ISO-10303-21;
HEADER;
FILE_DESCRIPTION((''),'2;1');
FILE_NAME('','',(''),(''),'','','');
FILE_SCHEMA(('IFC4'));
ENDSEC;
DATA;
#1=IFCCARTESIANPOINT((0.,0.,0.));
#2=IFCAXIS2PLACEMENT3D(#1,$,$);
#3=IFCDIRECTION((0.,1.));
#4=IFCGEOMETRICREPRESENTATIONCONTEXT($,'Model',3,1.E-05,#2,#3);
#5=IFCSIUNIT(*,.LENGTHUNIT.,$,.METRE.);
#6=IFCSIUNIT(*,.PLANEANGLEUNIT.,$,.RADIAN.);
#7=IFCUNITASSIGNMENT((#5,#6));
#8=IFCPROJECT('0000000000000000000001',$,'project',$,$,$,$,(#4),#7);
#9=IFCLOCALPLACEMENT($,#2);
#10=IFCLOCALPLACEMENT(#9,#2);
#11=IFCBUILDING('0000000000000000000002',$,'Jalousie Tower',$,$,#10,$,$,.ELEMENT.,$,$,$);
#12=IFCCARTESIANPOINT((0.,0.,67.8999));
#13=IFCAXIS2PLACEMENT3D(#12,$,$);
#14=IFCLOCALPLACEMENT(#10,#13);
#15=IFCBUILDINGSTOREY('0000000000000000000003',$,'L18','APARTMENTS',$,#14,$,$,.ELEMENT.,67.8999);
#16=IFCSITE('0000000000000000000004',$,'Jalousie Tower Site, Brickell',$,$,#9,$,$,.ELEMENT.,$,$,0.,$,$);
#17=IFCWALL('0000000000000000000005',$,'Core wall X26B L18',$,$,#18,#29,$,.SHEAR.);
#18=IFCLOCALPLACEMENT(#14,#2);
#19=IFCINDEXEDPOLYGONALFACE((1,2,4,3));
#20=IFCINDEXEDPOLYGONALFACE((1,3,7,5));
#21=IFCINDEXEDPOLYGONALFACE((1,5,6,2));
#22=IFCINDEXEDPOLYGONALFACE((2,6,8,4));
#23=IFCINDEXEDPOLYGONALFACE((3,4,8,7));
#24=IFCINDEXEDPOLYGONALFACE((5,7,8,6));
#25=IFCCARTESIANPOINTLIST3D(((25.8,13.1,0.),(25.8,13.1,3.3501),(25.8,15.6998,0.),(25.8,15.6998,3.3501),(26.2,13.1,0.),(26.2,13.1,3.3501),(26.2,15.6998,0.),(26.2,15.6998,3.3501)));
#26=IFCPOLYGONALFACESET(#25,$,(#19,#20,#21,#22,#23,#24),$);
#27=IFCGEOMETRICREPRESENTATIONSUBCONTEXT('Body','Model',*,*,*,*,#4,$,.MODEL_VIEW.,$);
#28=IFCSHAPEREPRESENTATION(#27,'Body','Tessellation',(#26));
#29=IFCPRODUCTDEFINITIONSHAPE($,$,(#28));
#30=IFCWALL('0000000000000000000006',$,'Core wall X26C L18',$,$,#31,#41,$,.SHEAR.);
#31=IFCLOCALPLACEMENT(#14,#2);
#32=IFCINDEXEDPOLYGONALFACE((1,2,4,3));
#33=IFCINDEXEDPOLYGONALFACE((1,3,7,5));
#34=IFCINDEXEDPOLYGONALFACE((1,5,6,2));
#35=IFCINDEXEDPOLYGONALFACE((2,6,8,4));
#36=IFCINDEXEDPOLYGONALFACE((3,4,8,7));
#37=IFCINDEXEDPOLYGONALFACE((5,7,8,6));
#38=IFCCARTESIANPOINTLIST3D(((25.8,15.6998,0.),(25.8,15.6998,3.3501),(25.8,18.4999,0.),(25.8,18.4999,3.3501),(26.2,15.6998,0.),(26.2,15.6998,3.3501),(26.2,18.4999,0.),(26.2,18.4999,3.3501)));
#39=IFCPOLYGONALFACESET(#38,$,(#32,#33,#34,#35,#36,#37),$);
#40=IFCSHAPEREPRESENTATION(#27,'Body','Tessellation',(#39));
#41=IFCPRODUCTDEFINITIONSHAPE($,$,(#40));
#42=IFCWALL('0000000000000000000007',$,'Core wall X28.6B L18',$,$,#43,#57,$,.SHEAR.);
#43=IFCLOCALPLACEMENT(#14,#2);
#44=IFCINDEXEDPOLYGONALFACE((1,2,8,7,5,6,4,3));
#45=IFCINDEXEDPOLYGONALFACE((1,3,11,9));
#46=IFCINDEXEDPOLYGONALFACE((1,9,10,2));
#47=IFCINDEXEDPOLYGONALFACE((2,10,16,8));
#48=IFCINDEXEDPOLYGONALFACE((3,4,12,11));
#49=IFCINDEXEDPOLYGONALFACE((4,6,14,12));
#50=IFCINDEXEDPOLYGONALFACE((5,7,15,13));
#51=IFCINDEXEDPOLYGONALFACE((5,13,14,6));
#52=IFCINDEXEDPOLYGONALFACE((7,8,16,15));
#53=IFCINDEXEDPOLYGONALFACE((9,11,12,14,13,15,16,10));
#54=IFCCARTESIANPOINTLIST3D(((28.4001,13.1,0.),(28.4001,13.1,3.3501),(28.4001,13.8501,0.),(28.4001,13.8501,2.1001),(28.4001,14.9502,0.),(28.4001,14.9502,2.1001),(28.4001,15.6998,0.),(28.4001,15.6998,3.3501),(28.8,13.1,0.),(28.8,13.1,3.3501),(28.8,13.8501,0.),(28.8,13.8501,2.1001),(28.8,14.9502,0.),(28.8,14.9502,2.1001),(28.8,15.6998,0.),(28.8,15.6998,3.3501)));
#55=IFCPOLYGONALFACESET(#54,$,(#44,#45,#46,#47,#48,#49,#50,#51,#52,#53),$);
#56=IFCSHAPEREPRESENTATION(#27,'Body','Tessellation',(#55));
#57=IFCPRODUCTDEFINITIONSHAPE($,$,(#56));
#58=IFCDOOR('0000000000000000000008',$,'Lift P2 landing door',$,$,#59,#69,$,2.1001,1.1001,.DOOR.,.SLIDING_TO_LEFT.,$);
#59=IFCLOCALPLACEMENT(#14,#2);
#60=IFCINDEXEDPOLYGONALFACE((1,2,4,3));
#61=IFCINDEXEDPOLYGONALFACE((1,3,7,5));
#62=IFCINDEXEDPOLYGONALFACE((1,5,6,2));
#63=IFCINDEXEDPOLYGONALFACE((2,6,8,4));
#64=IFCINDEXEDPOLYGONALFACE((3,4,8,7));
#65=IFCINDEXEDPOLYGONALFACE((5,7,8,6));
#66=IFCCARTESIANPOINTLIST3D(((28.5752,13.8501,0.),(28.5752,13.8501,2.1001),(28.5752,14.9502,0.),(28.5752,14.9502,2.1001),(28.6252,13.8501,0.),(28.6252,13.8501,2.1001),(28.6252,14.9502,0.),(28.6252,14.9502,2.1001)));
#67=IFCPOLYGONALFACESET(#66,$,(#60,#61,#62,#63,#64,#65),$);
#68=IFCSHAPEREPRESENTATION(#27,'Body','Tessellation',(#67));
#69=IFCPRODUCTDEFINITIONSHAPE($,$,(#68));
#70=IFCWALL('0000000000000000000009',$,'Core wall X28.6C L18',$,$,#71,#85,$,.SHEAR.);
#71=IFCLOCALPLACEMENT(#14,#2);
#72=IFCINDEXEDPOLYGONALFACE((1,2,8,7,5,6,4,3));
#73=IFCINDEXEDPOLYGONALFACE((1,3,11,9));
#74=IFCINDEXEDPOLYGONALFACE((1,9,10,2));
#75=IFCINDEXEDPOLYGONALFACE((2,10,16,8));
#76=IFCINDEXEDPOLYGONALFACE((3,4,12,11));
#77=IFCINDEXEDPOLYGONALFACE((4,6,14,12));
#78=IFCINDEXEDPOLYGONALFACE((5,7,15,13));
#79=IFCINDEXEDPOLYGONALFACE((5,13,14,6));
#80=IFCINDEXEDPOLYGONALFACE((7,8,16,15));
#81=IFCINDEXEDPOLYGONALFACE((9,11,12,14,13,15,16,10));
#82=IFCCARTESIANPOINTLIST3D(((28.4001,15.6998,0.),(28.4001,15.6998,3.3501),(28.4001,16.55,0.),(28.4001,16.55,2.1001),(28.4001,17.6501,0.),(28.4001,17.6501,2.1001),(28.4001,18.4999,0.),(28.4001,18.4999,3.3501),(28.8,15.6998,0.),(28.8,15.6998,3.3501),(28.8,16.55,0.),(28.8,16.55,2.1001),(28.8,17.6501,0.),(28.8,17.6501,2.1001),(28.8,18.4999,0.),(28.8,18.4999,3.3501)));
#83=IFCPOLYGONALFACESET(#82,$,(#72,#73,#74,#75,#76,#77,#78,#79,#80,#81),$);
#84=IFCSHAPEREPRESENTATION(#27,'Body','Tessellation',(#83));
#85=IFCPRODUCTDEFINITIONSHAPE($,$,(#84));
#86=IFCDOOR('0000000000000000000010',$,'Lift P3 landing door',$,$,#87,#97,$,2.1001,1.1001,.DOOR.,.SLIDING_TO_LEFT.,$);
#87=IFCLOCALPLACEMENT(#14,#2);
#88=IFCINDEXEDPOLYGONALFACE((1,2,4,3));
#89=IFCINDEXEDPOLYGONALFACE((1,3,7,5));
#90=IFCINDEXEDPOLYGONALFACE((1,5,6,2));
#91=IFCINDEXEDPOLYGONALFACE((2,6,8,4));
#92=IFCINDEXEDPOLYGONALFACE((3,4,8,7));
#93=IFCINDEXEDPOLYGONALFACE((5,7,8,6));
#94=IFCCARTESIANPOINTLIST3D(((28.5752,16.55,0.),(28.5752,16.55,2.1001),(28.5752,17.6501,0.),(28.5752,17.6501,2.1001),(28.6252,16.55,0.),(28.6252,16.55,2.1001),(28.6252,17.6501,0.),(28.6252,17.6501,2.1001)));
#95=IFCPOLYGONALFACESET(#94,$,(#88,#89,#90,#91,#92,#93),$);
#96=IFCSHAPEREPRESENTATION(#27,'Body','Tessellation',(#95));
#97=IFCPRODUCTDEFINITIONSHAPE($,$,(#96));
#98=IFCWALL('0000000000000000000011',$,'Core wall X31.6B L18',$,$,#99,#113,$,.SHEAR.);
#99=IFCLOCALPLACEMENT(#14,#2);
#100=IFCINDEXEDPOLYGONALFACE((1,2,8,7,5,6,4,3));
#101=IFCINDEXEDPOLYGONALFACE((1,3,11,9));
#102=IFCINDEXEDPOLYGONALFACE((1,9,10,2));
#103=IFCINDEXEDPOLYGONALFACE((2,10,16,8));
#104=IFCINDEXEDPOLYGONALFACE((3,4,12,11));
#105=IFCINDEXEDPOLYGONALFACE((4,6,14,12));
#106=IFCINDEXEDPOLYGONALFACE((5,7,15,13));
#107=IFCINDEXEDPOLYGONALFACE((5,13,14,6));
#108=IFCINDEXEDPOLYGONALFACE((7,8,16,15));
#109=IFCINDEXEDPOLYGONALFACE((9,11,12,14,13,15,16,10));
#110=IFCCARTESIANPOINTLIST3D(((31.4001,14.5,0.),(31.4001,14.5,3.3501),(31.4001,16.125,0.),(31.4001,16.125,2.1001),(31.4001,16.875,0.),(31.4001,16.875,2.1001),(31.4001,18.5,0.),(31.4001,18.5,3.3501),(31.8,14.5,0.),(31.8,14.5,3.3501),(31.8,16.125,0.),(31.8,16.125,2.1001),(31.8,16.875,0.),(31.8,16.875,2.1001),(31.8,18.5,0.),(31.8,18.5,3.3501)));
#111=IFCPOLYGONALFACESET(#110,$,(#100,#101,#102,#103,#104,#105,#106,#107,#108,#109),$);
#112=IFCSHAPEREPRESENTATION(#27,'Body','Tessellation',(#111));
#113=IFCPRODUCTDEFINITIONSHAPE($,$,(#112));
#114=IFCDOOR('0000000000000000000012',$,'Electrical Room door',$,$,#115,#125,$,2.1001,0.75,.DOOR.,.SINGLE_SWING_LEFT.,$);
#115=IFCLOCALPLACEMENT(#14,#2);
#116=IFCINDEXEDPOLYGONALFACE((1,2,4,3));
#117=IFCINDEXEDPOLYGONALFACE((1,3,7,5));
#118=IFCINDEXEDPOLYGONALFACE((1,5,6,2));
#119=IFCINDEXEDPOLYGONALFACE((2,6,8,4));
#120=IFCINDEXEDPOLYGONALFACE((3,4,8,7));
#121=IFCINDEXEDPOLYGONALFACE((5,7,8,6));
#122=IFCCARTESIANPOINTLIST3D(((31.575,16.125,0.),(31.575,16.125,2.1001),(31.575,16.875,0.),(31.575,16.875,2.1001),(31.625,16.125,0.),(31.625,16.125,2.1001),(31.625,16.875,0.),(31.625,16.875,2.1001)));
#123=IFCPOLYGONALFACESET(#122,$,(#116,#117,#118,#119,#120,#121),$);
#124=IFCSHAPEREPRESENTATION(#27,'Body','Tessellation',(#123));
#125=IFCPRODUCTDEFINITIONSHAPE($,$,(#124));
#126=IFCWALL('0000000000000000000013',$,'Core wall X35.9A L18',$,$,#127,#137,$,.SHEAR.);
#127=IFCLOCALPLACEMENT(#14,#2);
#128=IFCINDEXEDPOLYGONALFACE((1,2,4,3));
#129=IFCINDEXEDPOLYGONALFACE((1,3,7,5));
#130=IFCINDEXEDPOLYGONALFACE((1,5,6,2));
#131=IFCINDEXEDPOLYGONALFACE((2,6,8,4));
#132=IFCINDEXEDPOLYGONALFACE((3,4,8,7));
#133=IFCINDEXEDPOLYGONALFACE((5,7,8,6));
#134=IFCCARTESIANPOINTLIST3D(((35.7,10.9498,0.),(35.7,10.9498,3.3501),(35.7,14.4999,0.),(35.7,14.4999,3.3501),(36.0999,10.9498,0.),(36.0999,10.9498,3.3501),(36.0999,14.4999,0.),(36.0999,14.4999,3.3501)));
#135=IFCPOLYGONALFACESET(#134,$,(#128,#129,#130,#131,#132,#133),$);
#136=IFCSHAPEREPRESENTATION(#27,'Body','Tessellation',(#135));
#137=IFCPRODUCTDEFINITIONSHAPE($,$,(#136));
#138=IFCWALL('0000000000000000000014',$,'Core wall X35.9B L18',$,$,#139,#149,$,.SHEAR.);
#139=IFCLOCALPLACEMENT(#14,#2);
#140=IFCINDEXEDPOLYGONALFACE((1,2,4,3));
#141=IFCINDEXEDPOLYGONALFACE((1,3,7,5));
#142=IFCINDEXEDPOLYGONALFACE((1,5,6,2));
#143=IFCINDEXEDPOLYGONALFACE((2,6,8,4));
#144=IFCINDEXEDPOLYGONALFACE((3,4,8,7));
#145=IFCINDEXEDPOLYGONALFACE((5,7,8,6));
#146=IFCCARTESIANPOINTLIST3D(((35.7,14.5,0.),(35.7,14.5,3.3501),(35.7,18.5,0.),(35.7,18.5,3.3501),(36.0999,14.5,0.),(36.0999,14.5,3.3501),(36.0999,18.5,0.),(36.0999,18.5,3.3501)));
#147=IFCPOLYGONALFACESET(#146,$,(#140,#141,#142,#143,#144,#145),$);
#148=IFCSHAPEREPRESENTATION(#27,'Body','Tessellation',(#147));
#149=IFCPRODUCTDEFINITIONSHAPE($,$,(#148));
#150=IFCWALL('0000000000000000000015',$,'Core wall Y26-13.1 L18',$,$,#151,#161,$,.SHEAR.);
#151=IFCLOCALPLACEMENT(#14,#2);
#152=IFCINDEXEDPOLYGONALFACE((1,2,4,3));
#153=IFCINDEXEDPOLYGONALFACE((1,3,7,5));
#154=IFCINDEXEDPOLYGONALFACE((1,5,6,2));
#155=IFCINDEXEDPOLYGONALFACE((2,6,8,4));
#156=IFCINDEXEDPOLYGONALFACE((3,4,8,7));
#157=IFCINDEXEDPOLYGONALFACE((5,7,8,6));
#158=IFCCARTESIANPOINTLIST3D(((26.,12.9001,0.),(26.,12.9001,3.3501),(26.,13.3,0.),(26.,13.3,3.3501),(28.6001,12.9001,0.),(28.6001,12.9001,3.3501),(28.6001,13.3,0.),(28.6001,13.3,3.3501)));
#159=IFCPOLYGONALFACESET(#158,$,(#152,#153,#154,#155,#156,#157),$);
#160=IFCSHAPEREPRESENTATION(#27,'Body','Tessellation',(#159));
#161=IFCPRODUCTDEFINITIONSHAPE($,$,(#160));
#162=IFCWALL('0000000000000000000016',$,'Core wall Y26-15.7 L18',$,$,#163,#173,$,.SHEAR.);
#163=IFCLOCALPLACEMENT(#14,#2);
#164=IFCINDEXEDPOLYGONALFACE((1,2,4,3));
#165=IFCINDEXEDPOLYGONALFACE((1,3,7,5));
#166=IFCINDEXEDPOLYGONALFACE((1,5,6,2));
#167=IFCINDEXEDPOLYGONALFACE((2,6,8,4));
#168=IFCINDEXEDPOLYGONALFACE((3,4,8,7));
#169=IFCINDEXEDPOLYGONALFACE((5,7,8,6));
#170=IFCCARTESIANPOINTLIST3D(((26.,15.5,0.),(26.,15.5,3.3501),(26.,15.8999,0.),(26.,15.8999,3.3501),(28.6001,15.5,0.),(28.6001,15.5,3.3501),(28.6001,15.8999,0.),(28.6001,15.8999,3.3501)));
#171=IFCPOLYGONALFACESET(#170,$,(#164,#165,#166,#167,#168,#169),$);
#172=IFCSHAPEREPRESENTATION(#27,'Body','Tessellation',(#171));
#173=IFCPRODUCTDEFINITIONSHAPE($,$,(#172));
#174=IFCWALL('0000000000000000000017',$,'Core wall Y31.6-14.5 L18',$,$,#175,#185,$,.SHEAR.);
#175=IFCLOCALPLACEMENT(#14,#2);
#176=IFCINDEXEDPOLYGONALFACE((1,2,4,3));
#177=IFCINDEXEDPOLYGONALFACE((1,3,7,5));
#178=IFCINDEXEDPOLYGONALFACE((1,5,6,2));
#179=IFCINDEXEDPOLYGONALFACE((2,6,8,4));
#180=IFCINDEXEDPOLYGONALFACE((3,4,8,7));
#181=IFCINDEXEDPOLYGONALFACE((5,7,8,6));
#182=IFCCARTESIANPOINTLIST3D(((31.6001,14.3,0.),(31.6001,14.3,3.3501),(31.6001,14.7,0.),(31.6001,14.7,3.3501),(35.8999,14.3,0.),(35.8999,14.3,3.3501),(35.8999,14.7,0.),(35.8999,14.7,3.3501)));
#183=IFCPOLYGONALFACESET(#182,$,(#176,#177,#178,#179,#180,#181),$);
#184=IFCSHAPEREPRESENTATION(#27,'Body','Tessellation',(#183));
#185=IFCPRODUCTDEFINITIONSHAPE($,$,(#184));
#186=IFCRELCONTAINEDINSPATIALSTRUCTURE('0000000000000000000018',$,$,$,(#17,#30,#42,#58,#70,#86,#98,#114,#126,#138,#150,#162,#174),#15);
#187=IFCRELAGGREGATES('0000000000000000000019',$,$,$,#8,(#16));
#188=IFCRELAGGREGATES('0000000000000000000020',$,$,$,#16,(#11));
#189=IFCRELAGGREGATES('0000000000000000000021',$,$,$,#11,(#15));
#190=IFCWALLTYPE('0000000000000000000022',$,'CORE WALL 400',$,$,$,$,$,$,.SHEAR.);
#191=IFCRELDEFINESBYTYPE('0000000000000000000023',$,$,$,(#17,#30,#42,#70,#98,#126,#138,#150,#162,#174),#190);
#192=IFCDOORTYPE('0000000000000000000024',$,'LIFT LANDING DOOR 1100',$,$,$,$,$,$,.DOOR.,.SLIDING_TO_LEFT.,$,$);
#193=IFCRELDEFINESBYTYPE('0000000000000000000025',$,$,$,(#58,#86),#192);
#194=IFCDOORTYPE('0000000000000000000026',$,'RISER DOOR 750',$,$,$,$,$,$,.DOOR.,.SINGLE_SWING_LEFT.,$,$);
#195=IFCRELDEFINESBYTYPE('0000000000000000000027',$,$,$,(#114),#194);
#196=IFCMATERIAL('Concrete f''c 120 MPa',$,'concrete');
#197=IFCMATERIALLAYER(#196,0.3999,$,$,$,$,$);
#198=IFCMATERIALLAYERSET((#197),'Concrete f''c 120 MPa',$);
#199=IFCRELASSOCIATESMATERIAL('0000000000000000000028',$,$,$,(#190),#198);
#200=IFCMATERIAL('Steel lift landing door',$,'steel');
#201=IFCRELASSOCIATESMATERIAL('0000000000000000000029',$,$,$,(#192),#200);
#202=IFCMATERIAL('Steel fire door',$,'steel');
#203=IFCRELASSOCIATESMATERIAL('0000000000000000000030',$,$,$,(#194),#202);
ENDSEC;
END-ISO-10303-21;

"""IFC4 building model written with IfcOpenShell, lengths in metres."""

from ifc_helpers import new_model, si_unit, direction, frame, frame_2d, origin, place, context, subcontext, project, spatial, rectangle, extrude, material, layer, layer_set, type_object, element, fill, save


model = new_model("IFC4")

# Units and contexts
model_context = context("Model", 3, precision=1e-05, world=origin(), true_north=direction((0.0, 1.0)))
body_context = subcontext(model_context, "Body", "Model", "MODEL_VIEW")
ifc_project = project(units=[si_unit("LENGTHUNIT", "METRE"), si_unit("PLANEANGLEUNIT", "RADIAN")], contexts=[model_context])

# Site, building, storey
site_placement = place(None, origin())
site = spatial("IfcSite", under=ifc_project, at=site_placement, Name="Jalousie Tower Site, Brickell", CompositionType="ELEMENT", RefElevation=0.0)
building_placement = place(site_placement, origin())
building = spatial("IfcBuilding", under=site, at=building_placement, Name="Jalousie Tower", CompositionType="ELEMENT")
storey_placement = place(building_placement, frame((0.0, 0.0, 67.8999)))
storey = spatial("IfcBuildingStorey", under=building, at=storey_placement, Name="L18", Description="APARTMENTS", CompositionType="ELEMENT", Elevation=67.8999)

# Walls
ifc_material_1 = material(Name="Concrete f'c 120 MPa", Category="concrete")
ifc_layer = layer(ifc_material_1, 0.3999)
ifc_layer_set = layer_set([ifc_layer], Name="Concrete f'c 120 MPa")
wall_type = type_object("IfcWallType", Name="CORE WALL 400", PredefinedType="SHEAR", material=ifc_layer_set)
wall_1_placement = place(storey_placement, frame((26.0, 13.1001, 0.0), z_axis=(0.0, 0.0, 1.0), x_axis=(0.0, 1.0, 0.0)))
element("IfcWall", 1, at=wall_1_placement, inside=storey, type_object=wall_type, Name="Core wall X26B L18", PredefinedType="SHEAR", context=body_context, shape_type="SweptSolid", body=[
    extrude(rectangle(XDim=2.5999, YDim=0.3999, at=frame_2d((1.2998, 0.0))), origin(), (0.0, 0.0, 1.0), 3.3501),
])
wall_2_placement = place(storey_placement, frame((26.0, 15.7, 0.0), z_axis=(0.0, 0.0, 1.0), x_axis=(0.0, 1.0, 0.0)))
element("IfcWall", 2, at=wall_2_placement, inside=storey, type_object=wall_type, Name="Core wall X26C L18", PredefinedType="SHEAR", context=body_context, shape_type="SweptSolid", body=[
    extrude(rectangle(XDim=2.8, YDim=0.3999, at=frame_2d((1.3999, 0.0))), origin(), (0.0, 0.0, 1.0), 3.3501),
])

# Walls, openings, doors
wall_3_placement = place(storey_placement, frame((28.6001, 13.1001, 0.0), z_axis=(0.0, 0.0, 1.0), x_axis=(0.0, 1.0, 0.0)))
wall_3 = element("IfcWall", 3, at=wall_3_placement, inside=storey, type_object=wall_type, Name="Core wall X28.6B L18", PredefinedType="SHEAR", context=body_context, shape_type="SweptSolid", body=[
    extrude(rectangle(XDim=2.5999, YDim=0.3999, at=frame_2d((1.2998, 0.0))), origin(), (0.0, 0.0, 1.0), 3.3501),
])
opening_1_placement = place(wall_3_placement, frame((0.75, 0.0, 0.0)))
opening_1 = element("IfcOpeningElement", 4, at=opening_1_placement, cuts=wall_3, PredefinedType="OPENING", context=body_context, shape_type="SweptSolid", body=[
    extrude(rectangle(XDim=1.1001, YDim=2.1001, at=frame_2d((0.55, 1.05))), frame((0.0, 0.21, 0.0), z_axis=(0.0, -1.0, 0.0), x_axis=(1.0, 0.0, 0.0)), (0.0, 0.0, 1.0), 0.4199),
])
ifc_material_2 = material(Name="Steel lift landing door", Category="steel")
door_type_1 = type_object("IfcDoorType", Name="LIFT LANDING DOOR 1100", OperationType="SLIDING_TO_LEFT", PredefinedType="DOOR", material=ifc_material_2)
door_1_placement = place(opening_1_placement, origin())
door_1 = element("IfcDoor", 5, at=door_1_placement, inside=storey, type_object=door_type_1, Name="Lift P2 landing door", OperationType="SLIDING_TO_LEFT", OverallHeight=2.1001, OverallWidth=1.1001, PredefinedType="DOOR", context=body_context, shape_type="SweptSolid", body=[
    extrude(rectangle(XDim=1.1001, YDim=2.1001, at=frame_2d((0.55, 1.05))), frame((0.0, 0.0249, 0.0), z_axis=(0.0, -1.0, 0.0), x_axis=(1.0, 0.0, 0.0)), (0.0, 0.0, 1.0), 0.05),
])
fill(opening_1, door_1)
wall_4_placement = place(storey_placement, frame((28.6001, 15.7, 0.0), z_axis=(0.0, 0.0, 1.0), x_axis=(0.0, 1.0, 0.0)))
wall_4 = element("IfcWall", 6, at=wall_4_placement, inside=storey, type_object=wall_type, Name="Core wall X28.6C L18", PredefinedType="SHEAR", context=body_context, shape_type="SweptSolid", body=[
    extrude(rectangle(XDim=2.8, YDim=0.3999, at=frame_2d((1.3999, 0.0))), origin(), (0.0, 0.0, 1.0), 3.3501),
])
opening_2_placement = place(wall_4_placement, frame((0.8501, 0.0, 0.0)))
opening_2 = element("IfcOpeningElement", 7, at=opening_2_placement, cuts=wall_4, PredefinedType="OPENING", context=body_context, shape_type="SweptSolid", body=[
    extrude(rectangle(XDim=1.1001, YDim=2.1001, at=frame_2d((0.55, 1.05))), frame((0.0, 0.21, 0.0), z_axis=(0.0, -1.0, 0.0), x_axis=(1.0, 0.0, 0.0)), (0.0, 0.0, 1.0), 0.4199),
])
door_2_placement = place(opening_2_placement, origin())
door_2 = element("IfcDoor", 8, at=door_2_placement, inside=storey, type_object=door_type_1, Name="Lift P3 landing door", OperationType="SLIDING_TO_LEFT", OverallHeight=2.1001, OverallWidth=1.1001, PredefinedType="DOOR", context=body_context, shape_type="SweptSolid", body=[
    extrude(rectangle(XDim=1.1001, YDim=2.1001, at=frame_2d((0.55, 1.05))), frame((0.0, 0.0249, 0.0), z_axis=(0.0, -1.0, 0.0), x_axis=(1.0, 0.0, 0.0)), (0.0, 0.0, 1.0), 0.05),
])
fill(opening_2, door_2)
wall_5_placement = place(storey_placement, frame((31.6001, 14.5, 0.0), z_axis=(0.0, 0.0, 1.0), x_axis=(0.0, 1.0, 0.0)))
wall_5 = element("IfcWall", 9, at=wall_5_placement, inside=storey, type_object=wall_type, Name="Core wall X31.6B L18", PredefinedType="SHEAR", context=body_context, shape_type="SweptSolid", body=[
    extrude(rectangle(XDim=4.0, YDim=0.3999, at=frame_2d((2.0, 0.0))), origin(), (0.0, 0.0, 1.0), 3.3501),
])
opening_3_placement = place(wall_5_placement, frame((1.625, 0.0, 0.0)))
opening_3 = element("IfcOpeningElement", 10, at=opening_3_placement, cuts=wall_5, PredefinedType="OPENING", context=body_context, shape_type="SweptSolid", body=[
    extrude(rectangle(XDim=0.75, YDim=2.1001, at=frame_2d((0.375, 1.05))), frame((0.0, 0.21, 0.0), z_axis=(0.0, -1.0, 0.0), x_axis=(1.0, 0.0, 0.0)), (0.0, 0.0, 1.0), 0.4199),
])
ifc_material_3 = material(Name="Steel fire door", Category="steel")
door_type_2 = type_object("IfcDoorType", Name="RISER DOOR 750", OperationType="SINGLE_SWING_LEFT", PredefinedType="DOOR", material=ifc_material_3)
door_3_placement = place(opening_3_placement, frame((0.75, 0.0, 0.0), z_axis=(0.0, 0.0, 1.0), x_axis=(-1.0, 0.0, 0.0)))
door_3 = element("IfcDoor", 11, at=door_3_placement, inside=storey, type_object=door_type_2, Name="Electrical Room door", OperationType="SINGLE_SWING_LEFT", OverallHeight=2.1001, OverallWidth=0.75, PredefinedType="DOOR", context=body_context, shape_type="SweptSolid", body=[
    extrude(rectangle(XDim=0.75, YDim=2.1001, at=frame_2d((0.375, 1.05))), frame((0.0, 0.0249, 0.0), z_axis=(0.0, -1.0, 0.0), x_axis=(1.0, 0.0, 0.0)), (0.0, 0.0, 1.0), 0.05),
])
fill(opening_3, door_3)

# Walls
wall_6_placement = place(storey_placement, frame((35.8999, 10.95, 0.0), z_axis=(0.0, 0.0, 1.0), x_axis=(0.0, 1.0, 0.0)))
element("IfcWall", 12, at=wall_6_placement, inside=storey, type_object=wall_type, Name="Core wall X35.9A L18", PredefinedType="SHEAR", context=body_context, shape_type="SweptSolid", body=[
    extrude(rectangle(XDim=3.55, YDim=0.3999, at=frame_2d((1.7749, 0.0))), origin(), (0.0, 0.0, 1.0), 3.3501),
])
wall_7_placement = place(storey_placement, frame((35.8999, 14.5, 0.0), z_axis=(0.0, 0.0, 1.0), x_axis=(0.0, 1.0, 0.0)))
element("IfcWall", 13, at=wall_7_placement, inside=storey, type_object=wall_type, Name="Core wall X35.9B L18", PredefinedType="SHEAR", context=body_context, shape_type="SweptSolid", body=[
    extrude(rectangle(XDim=4.0, YDim=0.3999, at=frame_2d((2.0, 0.0))), origin(), (0.0, 0.0, 1.0), 3.3501),
])
for number, where, z_axis, x_axis, name in (
    (14, (26.0, 13.1001, 0.0), (0.0, 0.0, 1.0), (1.0, 0.0, 0.0), "Core wall Y26-13.1 L18"),
    (15, (26.0, 15.7, 0.0), (0.0, 0.0, 1.0), (1.0, 0.0, 0.0), "Core wall Y26-15.7 L18"),
):
    element("IfcWall", number, at=place(storey_placement, frame(where, z_axis=z_axis, x_axis=x_axis)), inside=storey, type_object=wall_type, Name=name, PredefinedType="SHEAR", context=body_context, shape_type="SweptSolid", body=[
        extrude(rectangle(XDim=2.6001, YDim=0.3999, at=frame_2d((1.3, 0.0))), origin(), (0.0, 0.0, 1.0), 3.3501),
    ])
wall_8_placement = place(storey_placement, frame((31.6001, 14.5, 0.0), z_axis=(0.0, 0.0, 1.0), x_axis=(1.0, 0.0, 0.0)))
element("IfcWall", 16, at=wall_8_placement, inside=storey, type_object=wall_type, Name="Core wall Y31.6-14.5 L18", PredefinedType="SHEAR", context=body_context, shape_type="SweptSolid", body=[
    extrude(rectangle(XDim=4.2998, YDim=0.3999, at=frame_2d((2.1499, 0.0))), origin(), (0.0, 0.0, 1.0), 3.3501),
])

save(model, "model.ifc")
